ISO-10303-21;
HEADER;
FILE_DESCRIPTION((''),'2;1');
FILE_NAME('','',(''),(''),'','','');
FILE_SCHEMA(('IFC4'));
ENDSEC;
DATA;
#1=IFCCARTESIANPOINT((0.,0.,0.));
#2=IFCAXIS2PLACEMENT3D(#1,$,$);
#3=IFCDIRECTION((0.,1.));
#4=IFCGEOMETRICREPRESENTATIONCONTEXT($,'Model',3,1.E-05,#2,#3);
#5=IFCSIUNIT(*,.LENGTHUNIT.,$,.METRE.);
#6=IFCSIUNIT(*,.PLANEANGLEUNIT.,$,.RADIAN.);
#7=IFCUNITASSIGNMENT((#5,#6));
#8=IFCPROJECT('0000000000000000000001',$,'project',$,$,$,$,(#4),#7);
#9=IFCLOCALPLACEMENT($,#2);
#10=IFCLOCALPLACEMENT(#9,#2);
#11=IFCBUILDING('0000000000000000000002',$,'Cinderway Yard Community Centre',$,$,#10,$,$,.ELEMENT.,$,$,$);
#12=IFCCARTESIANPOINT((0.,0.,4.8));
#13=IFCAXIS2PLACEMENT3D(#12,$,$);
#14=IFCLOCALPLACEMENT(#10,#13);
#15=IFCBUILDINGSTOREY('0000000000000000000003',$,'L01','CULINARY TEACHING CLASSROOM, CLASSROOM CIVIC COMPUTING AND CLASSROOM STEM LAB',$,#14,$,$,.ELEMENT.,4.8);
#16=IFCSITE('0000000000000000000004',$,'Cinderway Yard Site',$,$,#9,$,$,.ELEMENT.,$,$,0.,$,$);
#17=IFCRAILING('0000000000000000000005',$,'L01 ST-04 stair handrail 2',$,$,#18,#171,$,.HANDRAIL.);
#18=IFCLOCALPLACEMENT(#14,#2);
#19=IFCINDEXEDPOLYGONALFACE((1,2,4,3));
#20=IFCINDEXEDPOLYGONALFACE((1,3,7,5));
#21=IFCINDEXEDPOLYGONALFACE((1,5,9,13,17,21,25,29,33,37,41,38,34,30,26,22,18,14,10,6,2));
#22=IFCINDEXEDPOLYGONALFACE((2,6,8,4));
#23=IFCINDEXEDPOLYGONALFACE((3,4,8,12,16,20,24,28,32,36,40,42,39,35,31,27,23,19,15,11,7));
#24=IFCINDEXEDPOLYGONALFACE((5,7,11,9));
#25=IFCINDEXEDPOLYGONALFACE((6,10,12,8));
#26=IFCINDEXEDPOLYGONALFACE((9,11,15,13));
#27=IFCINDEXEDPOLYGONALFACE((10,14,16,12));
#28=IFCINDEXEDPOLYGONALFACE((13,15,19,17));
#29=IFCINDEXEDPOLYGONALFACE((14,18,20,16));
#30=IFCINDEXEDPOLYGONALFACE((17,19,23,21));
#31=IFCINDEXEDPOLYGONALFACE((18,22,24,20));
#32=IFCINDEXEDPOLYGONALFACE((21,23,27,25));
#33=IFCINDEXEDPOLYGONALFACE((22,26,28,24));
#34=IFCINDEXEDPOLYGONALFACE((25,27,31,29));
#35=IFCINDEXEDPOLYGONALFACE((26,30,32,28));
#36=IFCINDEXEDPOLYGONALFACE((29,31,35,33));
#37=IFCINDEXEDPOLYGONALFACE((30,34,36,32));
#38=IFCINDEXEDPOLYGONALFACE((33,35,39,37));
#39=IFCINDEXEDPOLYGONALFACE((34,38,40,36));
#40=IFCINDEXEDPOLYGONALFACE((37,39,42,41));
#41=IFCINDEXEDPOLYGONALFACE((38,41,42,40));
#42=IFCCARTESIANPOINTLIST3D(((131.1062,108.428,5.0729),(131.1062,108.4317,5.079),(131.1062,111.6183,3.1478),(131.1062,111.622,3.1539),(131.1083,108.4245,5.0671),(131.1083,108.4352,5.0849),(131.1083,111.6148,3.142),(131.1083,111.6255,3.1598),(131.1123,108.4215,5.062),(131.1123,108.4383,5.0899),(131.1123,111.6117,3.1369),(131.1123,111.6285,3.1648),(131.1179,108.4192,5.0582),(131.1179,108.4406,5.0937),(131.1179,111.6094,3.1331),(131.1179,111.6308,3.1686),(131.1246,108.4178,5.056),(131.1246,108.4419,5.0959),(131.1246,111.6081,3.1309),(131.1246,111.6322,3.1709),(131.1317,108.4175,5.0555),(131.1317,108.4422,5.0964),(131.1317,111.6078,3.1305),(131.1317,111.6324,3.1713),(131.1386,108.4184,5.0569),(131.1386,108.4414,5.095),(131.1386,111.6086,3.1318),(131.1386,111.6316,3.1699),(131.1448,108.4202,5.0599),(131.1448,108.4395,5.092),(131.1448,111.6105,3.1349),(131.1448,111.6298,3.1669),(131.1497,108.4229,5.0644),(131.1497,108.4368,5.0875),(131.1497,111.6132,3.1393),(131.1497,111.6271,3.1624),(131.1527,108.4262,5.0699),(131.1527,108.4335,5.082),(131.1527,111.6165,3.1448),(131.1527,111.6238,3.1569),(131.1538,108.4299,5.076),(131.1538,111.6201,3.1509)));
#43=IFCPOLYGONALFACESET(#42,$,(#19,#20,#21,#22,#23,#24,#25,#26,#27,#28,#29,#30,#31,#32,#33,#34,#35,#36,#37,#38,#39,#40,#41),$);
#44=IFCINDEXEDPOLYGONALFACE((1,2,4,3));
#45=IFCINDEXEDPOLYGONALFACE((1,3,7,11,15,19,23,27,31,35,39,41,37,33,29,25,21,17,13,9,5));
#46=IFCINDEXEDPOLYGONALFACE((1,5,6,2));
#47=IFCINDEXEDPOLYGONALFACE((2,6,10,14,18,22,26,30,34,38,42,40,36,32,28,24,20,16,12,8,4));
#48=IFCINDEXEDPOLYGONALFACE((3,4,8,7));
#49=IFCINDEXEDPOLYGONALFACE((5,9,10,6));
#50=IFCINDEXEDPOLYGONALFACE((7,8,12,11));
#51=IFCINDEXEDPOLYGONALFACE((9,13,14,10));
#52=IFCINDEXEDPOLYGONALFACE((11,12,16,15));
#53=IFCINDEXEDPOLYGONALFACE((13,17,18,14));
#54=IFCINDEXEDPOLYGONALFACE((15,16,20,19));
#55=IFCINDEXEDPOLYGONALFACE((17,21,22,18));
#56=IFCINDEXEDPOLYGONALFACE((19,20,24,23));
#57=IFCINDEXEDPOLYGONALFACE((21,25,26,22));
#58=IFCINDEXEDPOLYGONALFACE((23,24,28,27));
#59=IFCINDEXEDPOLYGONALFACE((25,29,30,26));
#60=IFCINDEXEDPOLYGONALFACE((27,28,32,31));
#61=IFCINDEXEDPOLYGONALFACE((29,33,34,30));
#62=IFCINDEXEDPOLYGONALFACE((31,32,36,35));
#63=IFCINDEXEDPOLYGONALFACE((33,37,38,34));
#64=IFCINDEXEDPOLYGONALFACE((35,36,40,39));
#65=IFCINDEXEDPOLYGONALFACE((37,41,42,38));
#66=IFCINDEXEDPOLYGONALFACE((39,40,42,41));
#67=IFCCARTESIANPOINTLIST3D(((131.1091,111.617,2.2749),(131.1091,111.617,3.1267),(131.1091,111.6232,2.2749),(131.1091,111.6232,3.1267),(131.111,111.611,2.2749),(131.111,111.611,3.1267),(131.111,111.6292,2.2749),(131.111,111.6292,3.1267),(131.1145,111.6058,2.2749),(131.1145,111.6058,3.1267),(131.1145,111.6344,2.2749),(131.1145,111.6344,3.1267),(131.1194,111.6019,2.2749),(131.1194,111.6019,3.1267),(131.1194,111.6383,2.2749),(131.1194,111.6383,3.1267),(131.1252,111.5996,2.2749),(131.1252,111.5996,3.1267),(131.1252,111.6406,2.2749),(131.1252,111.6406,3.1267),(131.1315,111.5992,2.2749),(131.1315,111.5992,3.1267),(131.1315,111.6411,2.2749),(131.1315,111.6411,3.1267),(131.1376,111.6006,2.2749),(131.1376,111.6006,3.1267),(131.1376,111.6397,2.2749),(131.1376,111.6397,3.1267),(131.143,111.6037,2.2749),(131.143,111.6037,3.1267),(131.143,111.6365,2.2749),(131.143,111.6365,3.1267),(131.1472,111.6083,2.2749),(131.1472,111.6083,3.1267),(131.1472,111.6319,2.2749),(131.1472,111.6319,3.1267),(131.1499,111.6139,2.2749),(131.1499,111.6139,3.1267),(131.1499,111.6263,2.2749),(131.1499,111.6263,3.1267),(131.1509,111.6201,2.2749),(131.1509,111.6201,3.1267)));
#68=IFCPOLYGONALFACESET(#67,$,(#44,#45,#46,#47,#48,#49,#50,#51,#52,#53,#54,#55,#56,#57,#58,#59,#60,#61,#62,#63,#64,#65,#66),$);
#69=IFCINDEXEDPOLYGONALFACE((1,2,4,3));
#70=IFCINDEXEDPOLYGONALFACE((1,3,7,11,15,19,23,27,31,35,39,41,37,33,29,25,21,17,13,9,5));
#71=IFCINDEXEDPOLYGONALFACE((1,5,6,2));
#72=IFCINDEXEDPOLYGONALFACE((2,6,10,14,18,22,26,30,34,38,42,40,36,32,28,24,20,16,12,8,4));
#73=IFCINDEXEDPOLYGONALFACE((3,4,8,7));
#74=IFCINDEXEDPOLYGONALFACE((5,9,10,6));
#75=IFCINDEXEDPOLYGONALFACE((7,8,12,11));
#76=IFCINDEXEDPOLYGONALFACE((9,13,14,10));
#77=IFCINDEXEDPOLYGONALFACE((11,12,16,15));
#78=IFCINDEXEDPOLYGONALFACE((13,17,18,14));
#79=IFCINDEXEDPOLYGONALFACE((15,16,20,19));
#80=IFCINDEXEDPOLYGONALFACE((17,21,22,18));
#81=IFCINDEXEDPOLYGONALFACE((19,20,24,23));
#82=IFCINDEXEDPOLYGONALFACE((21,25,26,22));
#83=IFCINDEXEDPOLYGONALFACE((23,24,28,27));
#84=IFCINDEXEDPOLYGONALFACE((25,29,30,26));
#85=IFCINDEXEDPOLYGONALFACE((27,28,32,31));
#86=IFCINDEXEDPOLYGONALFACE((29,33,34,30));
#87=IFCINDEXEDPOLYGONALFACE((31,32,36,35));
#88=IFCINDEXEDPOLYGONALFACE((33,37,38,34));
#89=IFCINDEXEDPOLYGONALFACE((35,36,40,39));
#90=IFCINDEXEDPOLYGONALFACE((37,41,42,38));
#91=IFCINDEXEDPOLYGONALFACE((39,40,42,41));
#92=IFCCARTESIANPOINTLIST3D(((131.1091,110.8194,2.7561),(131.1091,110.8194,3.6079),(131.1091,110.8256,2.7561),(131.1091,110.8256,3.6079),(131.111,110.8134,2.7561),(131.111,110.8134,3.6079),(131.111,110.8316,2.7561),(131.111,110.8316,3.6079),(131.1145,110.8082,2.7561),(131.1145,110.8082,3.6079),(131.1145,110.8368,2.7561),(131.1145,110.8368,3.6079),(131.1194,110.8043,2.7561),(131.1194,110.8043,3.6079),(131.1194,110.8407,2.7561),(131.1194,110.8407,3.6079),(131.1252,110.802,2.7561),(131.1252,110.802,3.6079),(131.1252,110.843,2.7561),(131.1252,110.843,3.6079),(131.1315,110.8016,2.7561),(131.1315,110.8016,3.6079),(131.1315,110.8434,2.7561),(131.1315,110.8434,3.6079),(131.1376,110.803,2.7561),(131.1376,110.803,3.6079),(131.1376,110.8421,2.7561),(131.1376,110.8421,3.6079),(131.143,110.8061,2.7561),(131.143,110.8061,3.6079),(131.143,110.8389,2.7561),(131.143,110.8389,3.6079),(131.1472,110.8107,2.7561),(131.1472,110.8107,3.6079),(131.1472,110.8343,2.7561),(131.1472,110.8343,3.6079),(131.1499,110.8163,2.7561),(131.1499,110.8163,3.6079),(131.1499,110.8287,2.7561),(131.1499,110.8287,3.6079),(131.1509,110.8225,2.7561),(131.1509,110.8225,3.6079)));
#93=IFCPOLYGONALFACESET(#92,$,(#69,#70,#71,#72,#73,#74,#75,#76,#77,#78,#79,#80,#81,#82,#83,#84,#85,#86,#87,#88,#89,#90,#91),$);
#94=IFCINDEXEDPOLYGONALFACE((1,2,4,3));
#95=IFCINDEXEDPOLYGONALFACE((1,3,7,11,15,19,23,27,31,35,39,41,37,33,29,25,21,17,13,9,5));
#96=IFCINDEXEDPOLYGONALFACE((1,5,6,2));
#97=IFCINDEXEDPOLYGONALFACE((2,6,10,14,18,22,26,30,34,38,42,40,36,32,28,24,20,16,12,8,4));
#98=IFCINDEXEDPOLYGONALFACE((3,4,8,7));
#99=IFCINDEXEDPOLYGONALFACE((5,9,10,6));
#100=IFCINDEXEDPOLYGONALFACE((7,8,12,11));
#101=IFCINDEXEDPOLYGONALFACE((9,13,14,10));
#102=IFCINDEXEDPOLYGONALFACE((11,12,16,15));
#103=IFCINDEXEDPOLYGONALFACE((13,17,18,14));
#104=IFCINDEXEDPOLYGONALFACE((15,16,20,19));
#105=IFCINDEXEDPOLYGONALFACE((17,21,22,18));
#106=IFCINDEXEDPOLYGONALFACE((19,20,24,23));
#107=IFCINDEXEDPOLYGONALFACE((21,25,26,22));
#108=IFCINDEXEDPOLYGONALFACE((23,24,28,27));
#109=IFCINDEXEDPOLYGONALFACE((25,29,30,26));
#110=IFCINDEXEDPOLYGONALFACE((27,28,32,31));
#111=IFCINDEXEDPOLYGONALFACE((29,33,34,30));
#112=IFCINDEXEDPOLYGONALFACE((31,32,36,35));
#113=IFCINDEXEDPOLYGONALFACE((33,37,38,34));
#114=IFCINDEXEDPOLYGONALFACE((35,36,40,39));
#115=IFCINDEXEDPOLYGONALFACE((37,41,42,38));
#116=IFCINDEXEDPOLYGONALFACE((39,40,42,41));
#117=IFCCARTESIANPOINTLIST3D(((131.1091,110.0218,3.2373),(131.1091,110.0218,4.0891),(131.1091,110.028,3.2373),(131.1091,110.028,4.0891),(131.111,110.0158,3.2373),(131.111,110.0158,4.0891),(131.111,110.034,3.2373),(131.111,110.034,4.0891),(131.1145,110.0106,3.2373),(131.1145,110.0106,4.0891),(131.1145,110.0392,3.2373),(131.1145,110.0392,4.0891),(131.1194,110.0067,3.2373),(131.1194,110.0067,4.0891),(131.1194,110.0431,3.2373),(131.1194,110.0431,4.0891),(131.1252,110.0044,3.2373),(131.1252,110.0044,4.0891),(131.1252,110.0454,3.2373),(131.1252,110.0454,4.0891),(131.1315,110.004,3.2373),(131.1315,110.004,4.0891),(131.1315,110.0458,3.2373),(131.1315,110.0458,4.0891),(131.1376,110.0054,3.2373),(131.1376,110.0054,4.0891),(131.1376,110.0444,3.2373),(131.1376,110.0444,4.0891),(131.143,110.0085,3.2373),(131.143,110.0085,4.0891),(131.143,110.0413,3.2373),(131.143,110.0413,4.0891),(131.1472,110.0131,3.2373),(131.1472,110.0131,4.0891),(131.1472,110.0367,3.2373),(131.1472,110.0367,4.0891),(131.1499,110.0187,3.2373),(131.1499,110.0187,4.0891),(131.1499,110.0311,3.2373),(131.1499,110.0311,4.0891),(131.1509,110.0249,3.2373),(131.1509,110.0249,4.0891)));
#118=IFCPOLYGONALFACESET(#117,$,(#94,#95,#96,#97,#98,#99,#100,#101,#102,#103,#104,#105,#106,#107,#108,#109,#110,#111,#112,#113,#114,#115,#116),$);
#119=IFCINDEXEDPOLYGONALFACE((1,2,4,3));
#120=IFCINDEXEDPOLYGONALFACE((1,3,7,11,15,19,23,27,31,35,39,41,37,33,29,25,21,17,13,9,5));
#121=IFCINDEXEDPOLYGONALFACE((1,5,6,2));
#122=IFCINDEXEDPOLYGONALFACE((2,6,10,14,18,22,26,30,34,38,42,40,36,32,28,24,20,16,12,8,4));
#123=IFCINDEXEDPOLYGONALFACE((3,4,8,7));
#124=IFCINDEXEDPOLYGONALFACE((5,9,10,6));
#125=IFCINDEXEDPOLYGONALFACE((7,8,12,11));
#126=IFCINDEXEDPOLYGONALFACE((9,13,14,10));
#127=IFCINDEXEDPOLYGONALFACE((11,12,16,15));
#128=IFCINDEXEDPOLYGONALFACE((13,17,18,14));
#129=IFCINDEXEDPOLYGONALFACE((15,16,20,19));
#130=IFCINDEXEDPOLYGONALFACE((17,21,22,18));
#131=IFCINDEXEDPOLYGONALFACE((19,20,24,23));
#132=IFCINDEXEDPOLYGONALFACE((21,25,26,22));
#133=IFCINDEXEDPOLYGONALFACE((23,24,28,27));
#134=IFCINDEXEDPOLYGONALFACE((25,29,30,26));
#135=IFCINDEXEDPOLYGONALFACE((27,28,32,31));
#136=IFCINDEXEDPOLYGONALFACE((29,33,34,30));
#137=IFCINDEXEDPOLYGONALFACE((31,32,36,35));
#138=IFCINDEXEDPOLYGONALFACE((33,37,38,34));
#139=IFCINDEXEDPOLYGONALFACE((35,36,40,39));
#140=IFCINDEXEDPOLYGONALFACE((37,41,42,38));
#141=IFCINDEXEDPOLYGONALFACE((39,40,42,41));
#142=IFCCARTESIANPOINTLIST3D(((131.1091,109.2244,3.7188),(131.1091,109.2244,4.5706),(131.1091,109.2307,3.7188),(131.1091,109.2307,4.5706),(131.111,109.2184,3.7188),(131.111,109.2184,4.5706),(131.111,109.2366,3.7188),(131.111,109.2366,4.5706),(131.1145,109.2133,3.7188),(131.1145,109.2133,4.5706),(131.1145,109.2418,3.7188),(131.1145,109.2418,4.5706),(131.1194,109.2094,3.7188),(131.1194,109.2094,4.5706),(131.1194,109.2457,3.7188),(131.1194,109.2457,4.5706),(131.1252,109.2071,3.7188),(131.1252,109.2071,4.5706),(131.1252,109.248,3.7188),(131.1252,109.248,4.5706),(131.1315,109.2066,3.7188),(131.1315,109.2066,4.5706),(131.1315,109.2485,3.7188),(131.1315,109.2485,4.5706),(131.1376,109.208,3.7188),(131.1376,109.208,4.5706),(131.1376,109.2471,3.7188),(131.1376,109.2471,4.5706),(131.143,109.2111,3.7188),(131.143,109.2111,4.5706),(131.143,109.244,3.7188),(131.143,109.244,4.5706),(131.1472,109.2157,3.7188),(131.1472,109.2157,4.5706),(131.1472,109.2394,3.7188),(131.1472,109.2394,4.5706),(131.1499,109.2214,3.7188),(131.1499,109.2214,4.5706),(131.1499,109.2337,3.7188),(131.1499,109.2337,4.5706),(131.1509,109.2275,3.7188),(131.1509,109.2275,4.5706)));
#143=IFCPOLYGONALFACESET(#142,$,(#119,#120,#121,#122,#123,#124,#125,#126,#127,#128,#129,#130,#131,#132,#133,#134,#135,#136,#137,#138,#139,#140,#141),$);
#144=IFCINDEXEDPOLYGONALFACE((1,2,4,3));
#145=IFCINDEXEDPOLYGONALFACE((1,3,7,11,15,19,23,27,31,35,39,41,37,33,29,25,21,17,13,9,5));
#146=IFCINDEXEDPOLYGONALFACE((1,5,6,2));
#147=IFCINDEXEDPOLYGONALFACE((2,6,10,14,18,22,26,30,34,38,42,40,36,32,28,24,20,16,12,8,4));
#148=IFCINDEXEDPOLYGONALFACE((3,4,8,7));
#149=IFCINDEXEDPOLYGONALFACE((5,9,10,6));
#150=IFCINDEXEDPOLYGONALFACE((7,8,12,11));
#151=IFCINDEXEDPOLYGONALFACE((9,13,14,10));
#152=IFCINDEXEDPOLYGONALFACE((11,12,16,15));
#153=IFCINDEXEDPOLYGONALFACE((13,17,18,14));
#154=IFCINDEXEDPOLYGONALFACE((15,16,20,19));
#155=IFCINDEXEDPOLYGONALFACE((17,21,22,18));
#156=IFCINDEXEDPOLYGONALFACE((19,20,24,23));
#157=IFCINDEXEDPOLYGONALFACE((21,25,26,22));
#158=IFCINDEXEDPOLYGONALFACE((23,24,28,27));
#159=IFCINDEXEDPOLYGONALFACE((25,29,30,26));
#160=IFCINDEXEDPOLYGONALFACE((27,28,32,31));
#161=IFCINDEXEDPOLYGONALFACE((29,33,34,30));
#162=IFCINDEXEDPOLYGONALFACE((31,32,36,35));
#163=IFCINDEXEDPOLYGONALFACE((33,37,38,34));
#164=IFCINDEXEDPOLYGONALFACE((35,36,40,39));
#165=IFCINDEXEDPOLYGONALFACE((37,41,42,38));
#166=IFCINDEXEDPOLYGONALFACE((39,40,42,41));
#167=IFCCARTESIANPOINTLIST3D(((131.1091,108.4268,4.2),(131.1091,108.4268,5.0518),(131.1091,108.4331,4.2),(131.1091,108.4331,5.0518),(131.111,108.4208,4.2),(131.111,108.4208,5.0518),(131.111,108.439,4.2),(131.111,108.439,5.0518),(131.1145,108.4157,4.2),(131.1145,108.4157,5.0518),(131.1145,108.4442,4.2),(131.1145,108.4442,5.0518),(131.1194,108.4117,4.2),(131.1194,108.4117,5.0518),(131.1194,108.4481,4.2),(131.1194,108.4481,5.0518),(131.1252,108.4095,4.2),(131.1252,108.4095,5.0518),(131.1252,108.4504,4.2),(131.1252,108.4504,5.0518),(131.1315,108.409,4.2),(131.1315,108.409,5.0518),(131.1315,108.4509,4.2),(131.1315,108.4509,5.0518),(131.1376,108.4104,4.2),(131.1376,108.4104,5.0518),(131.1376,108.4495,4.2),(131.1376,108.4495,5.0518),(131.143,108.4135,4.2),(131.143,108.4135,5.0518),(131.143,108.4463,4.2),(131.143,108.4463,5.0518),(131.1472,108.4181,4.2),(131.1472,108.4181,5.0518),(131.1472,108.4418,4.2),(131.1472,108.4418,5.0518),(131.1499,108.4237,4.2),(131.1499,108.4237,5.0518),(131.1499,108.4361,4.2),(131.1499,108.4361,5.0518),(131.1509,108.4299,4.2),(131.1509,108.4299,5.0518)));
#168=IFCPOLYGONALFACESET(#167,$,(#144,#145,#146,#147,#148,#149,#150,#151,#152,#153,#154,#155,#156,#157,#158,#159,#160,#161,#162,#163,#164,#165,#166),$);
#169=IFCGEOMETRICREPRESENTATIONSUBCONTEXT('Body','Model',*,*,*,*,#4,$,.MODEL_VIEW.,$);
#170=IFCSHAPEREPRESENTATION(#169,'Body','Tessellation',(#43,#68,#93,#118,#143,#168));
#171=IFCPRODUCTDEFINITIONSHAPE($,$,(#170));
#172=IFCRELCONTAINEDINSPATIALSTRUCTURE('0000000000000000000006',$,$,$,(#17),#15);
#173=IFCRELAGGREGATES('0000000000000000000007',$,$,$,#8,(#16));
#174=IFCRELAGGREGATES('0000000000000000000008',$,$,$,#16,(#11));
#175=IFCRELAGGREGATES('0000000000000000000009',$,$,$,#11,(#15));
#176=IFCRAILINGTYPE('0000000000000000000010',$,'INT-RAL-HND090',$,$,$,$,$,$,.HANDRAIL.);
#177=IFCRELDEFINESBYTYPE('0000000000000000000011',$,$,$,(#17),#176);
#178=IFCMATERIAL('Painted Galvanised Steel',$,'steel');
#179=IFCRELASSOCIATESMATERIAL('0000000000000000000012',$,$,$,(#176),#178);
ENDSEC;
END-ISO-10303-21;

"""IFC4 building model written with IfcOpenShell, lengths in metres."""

from ifc_helpers import new_model, si_unit, direction, frame, origin, origin_2d, place, context, subcontext, project, spatial, circle, extrude, material, type_object, element, save


model = new_model("IFC4")

# Units and contexts
model_context = context("Model", 3, precision=1e-05, world=origin(), true_north=direction((0.0, 1.0)))
body_context = subcontext(model_context, "Body", "Model", "MODEL_VIEW")
ifc_project = project(units=[si_unit("LENGTHUNIT", "METRE"), si_unit("PLANEANGLEUNIT", "RADIAN")], contexts=[model_context])

# Site, building, storey
site_placement = place(None, origin())
site = spatial("IfcSite", under=ifc_project, at=site_placement, Name="Cinderway Yard Site", CompositionType="ELEMENT", RefElevation=0.0)
building_placement = place(site_placement, origin())
building = spatial("IfcBuilding", under=site, at=building_placement, Name="Cinderway Yard Community Centre", CompositionType="ELEMENT")
storey_placement = place(building_placement, frame((0.0, 0.0, 4.8)))
storey = spatial("IfcBuildingStorey", under=building, at=storey_placement, Name="L01", Description="CULINARY TEACHING CLASSROOM, CLASSROOM CIVIC COMPUTING AND CLASSROOM STEM LAB", CompositionType="ELEMENT", Elevation=4.8)

# Railing
ifc_material_1 = material(Name="Painted Galvanised Steel", Category="steel")
railing_type_1 = type_object("IfcRailingType", Name="INT-RAL-HND090", PredefinedType="HANDRAIL", material=ifc_material_1)
railing_1_placement = place(storey_placement, frame((131.1299, 111.6201, 2.2749)))
element("IfcRailing", 1, at=railing_1_placement, inside=storey, type_object=railing_type_1, Name="L01 ST-04 stair handrail 2", PredefinedType="HANDRAIL", context=body_context, shape_type="SweptSolid", body=[
    extrude(circle(Radius=0.0239, at=origin_2d()), frame((0.0, 0.0, 0.876), z_axis=(0.0, -0.856195, 0.516653), x_axis=(1.0, 0.0, 0.0)), (0.0, 0.0, 1.0), 3.7261),
    extrude(circle(Radius=0.021, at=origin_2d()), origin(), (0.0, 0.0, 1.0), 0.8518),
    extrude(circle(Radius=0.021, at=origin_2d()), frame((0.0, -0.7976, 0.4812)), (0.0, 0.0, 1.0), 0.8518),
    extrude(circle(Radius=0.021, at=origin_2d()), frame((0.0, -1.5952, 0.9624)), (0.0, 0.0, 1.0), 0.8518),
    extrude(circle(Radius=0.021, at=origin_2d()), frame((0.0, -2.3926, 1.4438)), (0.0, 0.0, 1.0), 0.8518),
    extrude(circle(Radius=0.021, at=origin_2d()), frame((0.0, -3.1902, 1.925)), (0.0, 0.0, 1.0), 0.8518),
])

save(model, "model.ifc")
